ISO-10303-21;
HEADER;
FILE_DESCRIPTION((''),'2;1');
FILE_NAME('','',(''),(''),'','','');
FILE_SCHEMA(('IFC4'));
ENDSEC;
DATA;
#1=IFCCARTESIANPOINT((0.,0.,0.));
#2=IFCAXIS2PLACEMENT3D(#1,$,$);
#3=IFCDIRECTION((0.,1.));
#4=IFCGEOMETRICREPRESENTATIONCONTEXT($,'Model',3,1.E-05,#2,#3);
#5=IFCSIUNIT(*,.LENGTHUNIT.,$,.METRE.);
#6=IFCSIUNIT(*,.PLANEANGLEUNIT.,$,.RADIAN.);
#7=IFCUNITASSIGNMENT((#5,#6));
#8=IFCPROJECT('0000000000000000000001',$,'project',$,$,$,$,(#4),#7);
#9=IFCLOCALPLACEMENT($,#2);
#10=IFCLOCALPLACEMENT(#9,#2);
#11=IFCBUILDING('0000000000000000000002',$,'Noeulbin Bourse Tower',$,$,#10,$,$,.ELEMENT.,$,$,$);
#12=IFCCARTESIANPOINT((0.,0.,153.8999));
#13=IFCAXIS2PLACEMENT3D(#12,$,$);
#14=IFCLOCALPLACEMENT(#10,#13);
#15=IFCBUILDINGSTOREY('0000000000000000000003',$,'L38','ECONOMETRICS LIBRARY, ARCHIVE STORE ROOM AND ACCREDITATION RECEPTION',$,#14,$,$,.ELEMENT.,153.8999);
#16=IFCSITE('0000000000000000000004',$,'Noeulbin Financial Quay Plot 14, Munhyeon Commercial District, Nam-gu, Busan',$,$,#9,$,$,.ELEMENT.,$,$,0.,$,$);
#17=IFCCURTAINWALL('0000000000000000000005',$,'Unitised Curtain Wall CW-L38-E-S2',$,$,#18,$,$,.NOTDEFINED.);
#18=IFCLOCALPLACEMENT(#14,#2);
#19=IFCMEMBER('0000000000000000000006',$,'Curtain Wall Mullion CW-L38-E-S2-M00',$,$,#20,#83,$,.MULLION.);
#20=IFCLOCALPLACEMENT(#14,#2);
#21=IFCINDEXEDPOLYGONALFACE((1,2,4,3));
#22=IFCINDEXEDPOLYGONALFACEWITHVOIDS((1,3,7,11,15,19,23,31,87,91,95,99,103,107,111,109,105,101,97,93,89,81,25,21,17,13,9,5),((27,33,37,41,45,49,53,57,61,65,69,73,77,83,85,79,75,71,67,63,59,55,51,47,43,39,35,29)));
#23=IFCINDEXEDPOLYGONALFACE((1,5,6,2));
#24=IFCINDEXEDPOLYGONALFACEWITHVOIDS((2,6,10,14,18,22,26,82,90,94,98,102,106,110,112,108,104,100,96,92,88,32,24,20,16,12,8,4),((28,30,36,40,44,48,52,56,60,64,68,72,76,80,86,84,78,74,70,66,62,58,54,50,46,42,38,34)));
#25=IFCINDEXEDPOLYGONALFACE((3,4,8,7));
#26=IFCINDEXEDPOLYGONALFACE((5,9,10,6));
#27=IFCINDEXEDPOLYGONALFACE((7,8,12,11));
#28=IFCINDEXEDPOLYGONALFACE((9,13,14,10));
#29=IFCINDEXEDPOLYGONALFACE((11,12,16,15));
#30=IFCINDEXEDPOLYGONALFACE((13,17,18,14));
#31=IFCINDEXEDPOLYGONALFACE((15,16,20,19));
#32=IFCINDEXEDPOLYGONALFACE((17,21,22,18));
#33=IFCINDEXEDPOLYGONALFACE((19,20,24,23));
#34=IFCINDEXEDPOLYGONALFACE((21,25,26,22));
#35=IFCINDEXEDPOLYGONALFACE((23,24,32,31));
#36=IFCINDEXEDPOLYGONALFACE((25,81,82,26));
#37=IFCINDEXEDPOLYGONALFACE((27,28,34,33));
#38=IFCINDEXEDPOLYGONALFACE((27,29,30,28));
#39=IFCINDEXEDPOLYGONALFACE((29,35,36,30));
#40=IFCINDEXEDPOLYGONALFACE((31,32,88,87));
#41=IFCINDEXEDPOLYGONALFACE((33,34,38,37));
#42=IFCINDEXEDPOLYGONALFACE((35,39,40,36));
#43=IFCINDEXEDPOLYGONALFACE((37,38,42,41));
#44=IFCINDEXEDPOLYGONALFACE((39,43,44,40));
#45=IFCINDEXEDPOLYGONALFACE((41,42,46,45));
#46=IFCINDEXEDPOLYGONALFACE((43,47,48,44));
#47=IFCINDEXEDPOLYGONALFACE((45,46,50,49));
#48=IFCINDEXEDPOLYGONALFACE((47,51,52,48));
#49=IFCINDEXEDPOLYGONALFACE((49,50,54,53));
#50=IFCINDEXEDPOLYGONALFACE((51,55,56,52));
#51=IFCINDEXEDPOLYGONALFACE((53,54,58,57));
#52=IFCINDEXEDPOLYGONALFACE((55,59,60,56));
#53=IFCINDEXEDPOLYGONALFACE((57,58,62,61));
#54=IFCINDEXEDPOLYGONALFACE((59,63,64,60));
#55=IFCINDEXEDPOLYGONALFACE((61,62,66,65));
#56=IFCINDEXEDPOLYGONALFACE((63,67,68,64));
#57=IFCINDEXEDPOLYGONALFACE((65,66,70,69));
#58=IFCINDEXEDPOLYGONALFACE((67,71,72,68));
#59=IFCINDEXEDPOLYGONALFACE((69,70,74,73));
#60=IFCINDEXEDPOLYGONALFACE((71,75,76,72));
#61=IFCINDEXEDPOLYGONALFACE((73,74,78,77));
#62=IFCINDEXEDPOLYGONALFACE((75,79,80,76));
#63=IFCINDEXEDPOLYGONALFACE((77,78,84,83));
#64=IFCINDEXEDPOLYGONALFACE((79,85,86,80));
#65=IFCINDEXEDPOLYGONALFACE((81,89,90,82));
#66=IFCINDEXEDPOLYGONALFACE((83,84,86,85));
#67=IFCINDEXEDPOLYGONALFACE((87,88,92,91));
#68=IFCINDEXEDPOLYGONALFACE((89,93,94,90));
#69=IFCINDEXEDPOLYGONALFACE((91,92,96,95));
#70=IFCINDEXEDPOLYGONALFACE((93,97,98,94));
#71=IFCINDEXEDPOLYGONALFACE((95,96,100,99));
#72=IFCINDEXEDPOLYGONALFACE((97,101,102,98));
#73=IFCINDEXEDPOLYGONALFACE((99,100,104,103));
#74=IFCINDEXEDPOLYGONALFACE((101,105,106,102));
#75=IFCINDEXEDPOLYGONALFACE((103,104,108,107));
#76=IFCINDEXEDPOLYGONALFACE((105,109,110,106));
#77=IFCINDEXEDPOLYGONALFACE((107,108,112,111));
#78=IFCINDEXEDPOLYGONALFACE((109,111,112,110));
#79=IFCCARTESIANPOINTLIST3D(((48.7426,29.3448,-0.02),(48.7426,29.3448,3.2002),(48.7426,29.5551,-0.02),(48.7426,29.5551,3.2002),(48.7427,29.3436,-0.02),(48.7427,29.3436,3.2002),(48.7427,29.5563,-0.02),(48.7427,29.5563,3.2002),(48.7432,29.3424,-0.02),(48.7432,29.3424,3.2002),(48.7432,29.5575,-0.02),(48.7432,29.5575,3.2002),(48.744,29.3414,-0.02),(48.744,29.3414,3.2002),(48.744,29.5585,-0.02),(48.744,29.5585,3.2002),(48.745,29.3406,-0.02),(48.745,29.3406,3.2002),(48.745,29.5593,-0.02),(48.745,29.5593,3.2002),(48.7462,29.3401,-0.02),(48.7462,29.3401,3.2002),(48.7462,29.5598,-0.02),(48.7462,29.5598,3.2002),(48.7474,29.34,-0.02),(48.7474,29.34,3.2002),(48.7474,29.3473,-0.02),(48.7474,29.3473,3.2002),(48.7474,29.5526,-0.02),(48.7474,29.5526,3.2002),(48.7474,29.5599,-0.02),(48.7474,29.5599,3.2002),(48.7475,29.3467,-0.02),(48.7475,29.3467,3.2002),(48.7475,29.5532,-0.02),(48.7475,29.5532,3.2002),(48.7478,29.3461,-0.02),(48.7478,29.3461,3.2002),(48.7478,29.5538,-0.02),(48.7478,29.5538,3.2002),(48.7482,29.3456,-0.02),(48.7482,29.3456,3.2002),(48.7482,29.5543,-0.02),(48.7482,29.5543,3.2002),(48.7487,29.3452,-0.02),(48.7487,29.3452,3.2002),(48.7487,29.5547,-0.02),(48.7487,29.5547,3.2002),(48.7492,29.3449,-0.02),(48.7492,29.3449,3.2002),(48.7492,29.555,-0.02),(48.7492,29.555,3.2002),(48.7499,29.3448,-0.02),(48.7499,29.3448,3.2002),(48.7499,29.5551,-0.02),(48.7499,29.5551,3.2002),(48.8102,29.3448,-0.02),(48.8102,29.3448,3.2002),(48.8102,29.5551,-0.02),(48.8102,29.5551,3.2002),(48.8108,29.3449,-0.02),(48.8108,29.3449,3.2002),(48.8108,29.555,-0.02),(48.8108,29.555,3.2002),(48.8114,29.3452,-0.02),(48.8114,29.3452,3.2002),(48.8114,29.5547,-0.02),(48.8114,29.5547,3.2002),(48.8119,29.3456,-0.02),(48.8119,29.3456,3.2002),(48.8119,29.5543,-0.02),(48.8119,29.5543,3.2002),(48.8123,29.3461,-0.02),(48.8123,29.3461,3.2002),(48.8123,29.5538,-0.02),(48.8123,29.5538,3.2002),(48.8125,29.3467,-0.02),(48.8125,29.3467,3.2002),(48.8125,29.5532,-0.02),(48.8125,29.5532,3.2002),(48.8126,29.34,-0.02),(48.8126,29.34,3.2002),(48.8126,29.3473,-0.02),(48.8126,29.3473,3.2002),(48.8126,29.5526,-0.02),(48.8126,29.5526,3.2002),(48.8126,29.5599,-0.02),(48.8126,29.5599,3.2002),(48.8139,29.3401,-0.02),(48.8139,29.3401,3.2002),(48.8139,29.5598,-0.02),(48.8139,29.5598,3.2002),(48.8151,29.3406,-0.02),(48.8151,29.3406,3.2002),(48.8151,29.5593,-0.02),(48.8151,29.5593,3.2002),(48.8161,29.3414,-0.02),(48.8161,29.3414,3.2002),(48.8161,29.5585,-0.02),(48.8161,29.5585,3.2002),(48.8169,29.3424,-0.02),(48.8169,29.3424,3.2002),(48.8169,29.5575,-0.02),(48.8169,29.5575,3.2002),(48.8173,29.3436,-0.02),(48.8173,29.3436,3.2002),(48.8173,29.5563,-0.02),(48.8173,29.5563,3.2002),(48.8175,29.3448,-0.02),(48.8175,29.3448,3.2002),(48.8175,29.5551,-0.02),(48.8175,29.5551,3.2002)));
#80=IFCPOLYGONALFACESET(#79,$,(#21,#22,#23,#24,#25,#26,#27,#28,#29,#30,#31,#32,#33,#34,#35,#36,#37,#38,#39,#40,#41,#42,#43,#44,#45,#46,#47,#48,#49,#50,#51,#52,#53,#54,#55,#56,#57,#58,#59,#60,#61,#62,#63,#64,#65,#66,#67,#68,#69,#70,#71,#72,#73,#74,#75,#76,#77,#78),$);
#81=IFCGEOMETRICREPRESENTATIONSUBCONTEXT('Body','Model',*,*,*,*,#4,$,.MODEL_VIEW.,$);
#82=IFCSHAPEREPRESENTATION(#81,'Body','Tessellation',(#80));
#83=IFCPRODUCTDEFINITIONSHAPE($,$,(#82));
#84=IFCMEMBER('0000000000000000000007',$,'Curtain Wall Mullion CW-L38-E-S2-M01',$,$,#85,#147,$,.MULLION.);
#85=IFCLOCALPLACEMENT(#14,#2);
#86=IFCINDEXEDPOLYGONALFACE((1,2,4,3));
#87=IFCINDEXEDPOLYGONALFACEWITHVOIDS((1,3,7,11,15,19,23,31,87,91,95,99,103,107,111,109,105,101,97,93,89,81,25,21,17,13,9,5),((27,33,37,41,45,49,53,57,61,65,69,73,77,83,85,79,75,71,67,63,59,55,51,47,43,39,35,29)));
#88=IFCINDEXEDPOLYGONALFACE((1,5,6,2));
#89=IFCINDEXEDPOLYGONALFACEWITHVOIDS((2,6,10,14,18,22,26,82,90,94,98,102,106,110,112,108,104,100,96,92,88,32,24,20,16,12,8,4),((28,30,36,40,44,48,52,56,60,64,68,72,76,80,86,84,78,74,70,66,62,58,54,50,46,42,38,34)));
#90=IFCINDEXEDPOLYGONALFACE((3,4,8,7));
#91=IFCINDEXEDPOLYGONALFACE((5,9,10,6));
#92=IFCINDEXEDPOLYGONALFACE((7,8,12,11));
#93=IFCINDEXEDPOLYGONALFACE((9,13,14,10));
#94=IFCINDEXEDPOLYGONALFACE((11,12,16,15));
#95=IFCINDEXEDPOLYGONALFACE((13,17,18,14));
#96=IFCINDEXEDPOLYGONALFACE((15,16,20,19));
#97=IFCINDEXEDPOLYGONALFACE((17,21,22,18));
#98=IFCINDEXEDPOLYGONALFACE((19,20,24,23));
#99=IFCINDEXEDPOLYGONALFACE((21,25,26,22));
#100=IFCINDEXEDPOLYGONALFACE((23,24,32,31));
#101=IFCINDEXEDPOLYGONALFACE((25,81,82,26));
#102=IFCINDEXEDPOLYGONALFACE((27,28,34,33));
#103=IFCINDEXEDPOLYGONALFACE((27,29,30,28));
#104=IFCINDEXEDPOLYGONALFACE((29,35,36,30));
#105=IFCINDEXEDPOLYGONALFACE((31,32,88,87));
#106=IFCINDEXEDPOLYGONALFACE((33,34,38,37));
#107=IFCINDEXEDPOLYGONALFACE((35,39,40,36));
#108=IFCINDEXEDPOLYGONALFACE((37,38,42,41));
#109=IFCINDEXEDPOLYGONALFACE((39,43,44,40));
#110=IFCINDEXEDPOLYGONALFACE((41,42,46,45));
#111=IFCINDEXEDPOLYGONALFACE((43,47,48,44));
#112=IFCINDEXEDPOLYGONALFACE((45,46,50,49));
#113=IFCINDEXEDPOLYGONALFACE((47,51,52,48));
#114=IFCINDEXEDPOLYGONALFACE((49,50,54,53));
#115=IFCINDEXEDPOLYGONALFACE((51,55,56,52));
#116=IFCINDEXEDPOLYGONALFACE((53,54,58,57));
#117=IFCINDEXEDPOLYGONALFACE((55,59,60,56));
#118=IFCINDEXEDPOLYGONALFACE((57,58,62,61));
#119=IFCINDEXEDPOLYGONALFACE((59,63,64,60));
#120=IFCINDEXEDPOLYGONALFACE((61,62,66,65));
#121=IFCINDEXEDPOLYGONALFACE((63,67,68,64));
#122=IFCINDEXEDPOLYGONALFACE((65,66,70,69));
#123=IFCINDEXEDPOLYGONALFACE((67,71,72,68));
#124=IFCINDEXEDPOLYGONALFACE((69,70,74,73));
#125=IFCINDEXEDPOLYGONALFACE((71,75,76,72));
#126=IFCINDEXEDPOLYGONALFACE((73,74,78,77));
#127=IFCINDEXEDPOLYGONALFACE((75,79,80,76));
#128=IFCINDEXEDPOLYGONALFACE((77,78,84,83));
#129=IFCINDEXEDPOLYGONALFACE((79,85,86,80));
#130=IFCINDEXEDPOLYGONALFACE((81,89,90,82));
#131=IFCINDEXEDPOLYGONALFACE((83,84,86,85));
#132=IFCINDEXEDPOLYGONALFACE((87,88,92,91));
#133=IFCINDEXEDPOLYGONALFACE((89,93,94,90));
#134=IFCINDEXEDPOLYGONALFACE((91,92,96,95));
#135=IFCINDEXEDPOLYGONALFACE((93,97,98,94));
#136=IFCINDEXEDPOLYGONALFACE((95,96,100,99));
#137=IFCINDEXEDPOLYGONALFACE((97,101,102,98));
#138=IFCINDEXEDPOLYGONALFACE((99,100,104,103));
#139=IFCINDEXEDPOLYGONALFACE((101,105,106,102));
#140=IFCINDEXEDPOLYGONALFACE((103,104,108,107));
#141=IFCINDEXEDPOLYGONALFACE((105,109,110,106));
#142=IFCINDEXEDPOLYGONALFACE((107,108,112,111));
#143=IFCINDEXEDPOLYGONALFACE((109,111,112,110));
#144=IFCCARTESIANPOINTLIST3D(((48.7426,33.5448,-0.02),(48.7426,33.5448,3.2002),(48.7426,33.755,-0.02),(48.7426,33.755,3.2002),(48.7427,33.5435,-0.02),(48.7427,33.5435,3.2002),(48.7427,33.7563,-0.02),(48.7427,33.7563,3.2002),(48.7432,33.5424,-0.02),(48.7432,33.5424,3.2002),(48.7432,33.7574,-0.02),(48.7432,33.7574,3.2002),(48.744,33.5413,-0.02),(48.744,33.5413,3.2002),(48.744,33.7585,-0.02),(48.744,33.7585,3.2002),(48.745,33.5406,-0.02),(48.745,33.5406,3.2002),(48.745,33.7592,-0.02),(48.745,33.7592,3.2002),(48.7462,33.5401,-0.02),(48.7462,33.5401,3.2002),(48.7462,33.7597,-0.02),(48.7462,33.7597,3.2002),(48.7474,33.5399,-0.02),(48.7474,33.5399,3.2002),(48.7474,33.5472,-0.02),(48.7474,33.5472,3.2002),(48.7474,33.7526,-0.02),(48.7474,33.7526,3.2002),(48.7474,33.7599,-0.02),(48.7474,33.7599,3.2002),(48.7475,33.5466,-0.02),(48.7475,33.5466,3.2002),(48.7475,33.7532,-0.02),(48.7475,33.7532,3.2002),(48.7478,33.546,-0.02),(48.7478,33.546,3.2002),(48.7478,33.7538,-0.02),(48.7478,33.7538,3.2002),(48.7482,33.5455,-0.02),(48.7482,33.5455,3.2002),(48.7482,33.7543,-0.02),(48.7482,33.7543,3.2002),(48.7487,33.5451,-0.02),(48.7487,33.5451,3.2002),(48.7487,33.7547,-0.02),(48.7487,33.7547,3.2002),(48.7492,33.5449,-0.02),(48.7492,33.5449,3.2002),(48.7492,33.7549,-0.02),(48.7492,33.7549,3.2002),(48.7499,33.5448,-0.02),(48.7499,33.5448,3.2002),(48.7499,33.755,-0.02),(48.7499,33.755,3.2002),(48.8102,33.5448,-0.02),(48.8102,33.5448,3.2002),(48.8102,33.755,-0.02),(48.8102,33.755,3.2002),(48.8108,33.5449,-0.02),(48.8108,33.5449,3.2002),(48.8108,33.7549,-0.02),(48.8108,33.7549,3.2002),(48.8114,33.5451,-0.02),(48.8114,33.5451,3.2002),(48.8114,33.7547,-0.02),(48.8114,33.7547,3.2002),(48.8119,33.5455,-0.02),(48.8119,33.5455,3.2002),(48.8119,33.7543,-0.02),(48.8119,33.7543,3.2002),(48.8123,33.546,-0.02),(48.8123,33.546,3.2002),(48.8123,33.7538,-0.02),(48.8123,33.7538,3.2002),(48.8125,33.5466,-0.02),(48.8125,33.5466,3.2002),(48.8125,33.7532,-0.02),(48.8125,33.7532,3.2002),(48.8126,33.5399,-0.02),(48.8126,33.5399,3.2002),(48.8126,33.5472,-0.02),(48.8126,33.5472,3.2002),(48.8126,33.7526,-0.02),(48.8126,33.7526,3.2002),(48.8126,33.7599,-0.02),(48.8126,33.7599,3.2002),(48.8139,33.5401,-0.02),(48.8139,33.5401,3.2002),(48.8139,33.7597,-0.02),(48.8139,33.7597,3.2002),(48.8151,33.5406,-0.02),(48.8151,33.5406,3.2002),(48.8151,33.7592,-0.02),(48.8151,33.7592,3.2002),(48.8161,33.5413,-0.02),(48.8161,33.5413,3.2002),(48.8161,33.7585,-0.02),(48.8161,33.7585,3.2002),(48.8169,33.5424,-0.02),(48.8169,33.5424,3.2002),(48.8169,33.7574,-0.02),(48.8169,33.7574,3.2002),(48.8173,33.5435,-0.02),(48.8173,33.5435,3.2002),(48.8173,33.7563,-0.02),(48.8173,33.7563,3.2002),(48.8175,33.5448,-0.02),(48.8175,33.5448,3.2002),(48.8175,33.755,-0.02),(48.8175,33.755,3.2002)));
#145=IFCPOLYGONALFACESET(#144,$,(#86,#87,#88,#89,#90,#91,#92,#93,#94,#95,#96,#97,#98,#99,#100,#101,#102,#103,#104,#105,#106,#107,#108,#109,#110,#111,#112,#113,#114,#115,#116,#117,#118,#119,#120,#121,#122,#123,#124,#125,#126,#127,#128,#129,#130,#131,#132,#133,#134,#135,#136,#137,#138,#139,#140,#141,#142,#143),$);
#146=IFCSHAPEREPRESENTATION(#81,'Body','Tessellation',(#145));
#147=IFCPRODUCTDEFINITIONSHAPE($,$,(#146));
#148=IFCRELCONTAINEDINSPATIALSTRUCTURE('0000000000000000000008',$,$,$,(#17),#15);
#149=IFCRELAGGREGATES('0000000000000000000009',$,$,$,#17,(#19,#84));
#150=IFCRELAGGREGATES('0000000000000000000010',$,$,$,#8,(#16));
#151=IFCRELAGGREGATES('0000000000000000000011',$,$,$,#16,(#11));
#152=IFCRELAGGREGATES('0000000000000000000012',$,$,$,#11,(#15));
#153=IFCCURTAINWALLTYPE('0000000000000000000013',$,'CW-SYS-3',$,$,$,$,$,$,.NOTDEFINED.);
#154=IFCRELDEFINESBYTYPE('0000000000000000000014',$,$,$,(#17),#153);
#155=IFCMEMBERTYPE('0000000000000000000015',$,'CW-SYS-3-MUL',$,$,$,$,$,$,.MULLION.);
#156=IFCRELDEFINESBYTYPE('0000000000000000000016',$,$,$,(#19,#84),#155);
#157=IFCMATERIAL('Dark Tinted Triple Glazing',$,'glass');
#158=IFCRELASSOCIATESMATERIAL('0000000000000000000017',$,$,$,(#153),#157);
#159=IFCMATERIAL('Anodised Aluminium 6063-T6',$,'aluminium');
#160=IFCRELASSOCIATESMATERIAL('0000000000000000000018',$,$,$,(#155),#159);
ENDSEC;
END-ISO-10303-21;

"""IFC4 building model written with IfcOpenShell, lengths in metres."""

from ifc_helpers import new_model, si_unit, direction, frame, origin, origin_2d, place, context, subcontext, project, spatial, hollow_rectangle, extrude, material, material_profile, profile_set, type_object, element, aggregate, save


model = new_model("IFC4")

# Units and contexts
model_context = context("Model", 3, precision=1e-05, world=origin(), true_north=direction((0.0, 1.0)))
body_context = subcontext(model_context, "Body", "Model", "MODEL_VIEW")
ifc_project = project(units=[si_unit("LENGTHUNIT", "METRE"), si_unit("PLANEANGLEUNIT", "RADIAN")], contexts=[model_context])

# Site, building, storey
site_placement = place(None, origin())
site = spatial("IfcSite", under=ifc_project, at=site_placement, Name="Noeulbin Financial Quay Plot 14, Munhyeon Commercial District, Nam-gu, Busan", CompositionType="ELEMENT", RefElevation=0.0)
building_placement = place(site_placement, origin())
building = spatial("IfcBuilding", under=site, at=building_placement, Name="Noeulbin Bourse Tower", CompositionType="ELEMENT")
storey_placement = place(building_placement, frame((0.0, 0.0, 153.8999)))
storey = spatial("IfcBuildingStorey", under=building, at=storey_placement, Name="L38", Description="ECONOMETRICS LIBRARY, ARCHIVE STORE ROOM AND ACCREDITATION RECEPTION", CompositionType="ELEMENT", Elevation=153.8999)

# Curtain wall, members
ifc_material_1 = material(Name="Dark Tinted Triple Glazing", Category="glass")
curtain_wall_type = type_object("IfcCurtainWallType", Name="CW-SYS-3", PredefinedType="NOTDEFINED", material=ifc_material_1)
curtain_wall_placement = place(storey_placement, origin())
curtain_wall = element("IfcCurtainWall", 1, at=curtain_wall_placement, inside=storey, type_object=curtain_wall_type, Name="Unitised Curtain Wall CW-L38-E-S2", PredefinedType="NOTDEFINED")
ifc_material_2 = material(Name="Anodised Aluminium 6063-T6", Category="aluminium")
ifc_material_profile_1 = material_profile(ifc_material_2, hollow_rectangle(XDim=0.075, YDim=0.22, WallThickness=0.0049, InnerFilletRadius=0.0024, OuterFilletRadius=0.0049, at=origin_2d()), Name="ALU-MULL-75x220x5", Category="LoadBearing")
ifc_profile_set_1 = profile_set([ifc_material_profile_1], Name="Anodised Aluminium 6063-T6")
member_type_1 = type_object("IfcMemberType", Name="CW-SYS-3-MUL", PredefinedType="MULLION", material=ifc_profile_set_1)
member_1_placement = place(storey_placement, frame((48.78, 29.45, -0.02), z_axis=(0.0, 0.0, 1.0), x_axis=(1.0, 0.0, 0.0)))
member_1 = element("IfcMember", 2, at=member_1_placement, type_object=member_type_1, Name="Curtain Wall Mullion CW-L38-E-S2-M00", PredefinedType="MULLION", context=body_context, shape_type="SweptSolid", body=[
    extrude(hollow_rectangle(XDim=0.075, YDim=0.22, WallThickness=0.0049, InnerFilletRadius=0.0024, OuterFilletRadius=0.0049, at=origin_2d()), origin(), (0.0, 0.0, 1.0), 3.2202),
])
member_2_placement = place(storey_placement, frame((48.78, 33.6499, -0.02), z_axis=(0.0, 0.0, 1.0), x_axis=(1.0, 0.0, 0.0)))
member_2 = element("IfcMember", 3, at=member_2_placement, type_object=member_type_1, Name="Curtain Wall Mullion CW-L38-E-S2-M01", PredefinedType="MULLION", context=body_context, shape_type="SweptSolid", body=[
    extrude(hollow_rectangle(XDim=0.075, YDim=0.22, WallThickness=0.0049, InnerFilletRadius=0.0024, OuterFilletRadius=0.0049, at=origin_2d()), origin(), (0.0, 0.0, 1.0), 3.2202),
])
aggregate(curtain_wall, [member_1, member_2])

save(model, "model.ifc")
